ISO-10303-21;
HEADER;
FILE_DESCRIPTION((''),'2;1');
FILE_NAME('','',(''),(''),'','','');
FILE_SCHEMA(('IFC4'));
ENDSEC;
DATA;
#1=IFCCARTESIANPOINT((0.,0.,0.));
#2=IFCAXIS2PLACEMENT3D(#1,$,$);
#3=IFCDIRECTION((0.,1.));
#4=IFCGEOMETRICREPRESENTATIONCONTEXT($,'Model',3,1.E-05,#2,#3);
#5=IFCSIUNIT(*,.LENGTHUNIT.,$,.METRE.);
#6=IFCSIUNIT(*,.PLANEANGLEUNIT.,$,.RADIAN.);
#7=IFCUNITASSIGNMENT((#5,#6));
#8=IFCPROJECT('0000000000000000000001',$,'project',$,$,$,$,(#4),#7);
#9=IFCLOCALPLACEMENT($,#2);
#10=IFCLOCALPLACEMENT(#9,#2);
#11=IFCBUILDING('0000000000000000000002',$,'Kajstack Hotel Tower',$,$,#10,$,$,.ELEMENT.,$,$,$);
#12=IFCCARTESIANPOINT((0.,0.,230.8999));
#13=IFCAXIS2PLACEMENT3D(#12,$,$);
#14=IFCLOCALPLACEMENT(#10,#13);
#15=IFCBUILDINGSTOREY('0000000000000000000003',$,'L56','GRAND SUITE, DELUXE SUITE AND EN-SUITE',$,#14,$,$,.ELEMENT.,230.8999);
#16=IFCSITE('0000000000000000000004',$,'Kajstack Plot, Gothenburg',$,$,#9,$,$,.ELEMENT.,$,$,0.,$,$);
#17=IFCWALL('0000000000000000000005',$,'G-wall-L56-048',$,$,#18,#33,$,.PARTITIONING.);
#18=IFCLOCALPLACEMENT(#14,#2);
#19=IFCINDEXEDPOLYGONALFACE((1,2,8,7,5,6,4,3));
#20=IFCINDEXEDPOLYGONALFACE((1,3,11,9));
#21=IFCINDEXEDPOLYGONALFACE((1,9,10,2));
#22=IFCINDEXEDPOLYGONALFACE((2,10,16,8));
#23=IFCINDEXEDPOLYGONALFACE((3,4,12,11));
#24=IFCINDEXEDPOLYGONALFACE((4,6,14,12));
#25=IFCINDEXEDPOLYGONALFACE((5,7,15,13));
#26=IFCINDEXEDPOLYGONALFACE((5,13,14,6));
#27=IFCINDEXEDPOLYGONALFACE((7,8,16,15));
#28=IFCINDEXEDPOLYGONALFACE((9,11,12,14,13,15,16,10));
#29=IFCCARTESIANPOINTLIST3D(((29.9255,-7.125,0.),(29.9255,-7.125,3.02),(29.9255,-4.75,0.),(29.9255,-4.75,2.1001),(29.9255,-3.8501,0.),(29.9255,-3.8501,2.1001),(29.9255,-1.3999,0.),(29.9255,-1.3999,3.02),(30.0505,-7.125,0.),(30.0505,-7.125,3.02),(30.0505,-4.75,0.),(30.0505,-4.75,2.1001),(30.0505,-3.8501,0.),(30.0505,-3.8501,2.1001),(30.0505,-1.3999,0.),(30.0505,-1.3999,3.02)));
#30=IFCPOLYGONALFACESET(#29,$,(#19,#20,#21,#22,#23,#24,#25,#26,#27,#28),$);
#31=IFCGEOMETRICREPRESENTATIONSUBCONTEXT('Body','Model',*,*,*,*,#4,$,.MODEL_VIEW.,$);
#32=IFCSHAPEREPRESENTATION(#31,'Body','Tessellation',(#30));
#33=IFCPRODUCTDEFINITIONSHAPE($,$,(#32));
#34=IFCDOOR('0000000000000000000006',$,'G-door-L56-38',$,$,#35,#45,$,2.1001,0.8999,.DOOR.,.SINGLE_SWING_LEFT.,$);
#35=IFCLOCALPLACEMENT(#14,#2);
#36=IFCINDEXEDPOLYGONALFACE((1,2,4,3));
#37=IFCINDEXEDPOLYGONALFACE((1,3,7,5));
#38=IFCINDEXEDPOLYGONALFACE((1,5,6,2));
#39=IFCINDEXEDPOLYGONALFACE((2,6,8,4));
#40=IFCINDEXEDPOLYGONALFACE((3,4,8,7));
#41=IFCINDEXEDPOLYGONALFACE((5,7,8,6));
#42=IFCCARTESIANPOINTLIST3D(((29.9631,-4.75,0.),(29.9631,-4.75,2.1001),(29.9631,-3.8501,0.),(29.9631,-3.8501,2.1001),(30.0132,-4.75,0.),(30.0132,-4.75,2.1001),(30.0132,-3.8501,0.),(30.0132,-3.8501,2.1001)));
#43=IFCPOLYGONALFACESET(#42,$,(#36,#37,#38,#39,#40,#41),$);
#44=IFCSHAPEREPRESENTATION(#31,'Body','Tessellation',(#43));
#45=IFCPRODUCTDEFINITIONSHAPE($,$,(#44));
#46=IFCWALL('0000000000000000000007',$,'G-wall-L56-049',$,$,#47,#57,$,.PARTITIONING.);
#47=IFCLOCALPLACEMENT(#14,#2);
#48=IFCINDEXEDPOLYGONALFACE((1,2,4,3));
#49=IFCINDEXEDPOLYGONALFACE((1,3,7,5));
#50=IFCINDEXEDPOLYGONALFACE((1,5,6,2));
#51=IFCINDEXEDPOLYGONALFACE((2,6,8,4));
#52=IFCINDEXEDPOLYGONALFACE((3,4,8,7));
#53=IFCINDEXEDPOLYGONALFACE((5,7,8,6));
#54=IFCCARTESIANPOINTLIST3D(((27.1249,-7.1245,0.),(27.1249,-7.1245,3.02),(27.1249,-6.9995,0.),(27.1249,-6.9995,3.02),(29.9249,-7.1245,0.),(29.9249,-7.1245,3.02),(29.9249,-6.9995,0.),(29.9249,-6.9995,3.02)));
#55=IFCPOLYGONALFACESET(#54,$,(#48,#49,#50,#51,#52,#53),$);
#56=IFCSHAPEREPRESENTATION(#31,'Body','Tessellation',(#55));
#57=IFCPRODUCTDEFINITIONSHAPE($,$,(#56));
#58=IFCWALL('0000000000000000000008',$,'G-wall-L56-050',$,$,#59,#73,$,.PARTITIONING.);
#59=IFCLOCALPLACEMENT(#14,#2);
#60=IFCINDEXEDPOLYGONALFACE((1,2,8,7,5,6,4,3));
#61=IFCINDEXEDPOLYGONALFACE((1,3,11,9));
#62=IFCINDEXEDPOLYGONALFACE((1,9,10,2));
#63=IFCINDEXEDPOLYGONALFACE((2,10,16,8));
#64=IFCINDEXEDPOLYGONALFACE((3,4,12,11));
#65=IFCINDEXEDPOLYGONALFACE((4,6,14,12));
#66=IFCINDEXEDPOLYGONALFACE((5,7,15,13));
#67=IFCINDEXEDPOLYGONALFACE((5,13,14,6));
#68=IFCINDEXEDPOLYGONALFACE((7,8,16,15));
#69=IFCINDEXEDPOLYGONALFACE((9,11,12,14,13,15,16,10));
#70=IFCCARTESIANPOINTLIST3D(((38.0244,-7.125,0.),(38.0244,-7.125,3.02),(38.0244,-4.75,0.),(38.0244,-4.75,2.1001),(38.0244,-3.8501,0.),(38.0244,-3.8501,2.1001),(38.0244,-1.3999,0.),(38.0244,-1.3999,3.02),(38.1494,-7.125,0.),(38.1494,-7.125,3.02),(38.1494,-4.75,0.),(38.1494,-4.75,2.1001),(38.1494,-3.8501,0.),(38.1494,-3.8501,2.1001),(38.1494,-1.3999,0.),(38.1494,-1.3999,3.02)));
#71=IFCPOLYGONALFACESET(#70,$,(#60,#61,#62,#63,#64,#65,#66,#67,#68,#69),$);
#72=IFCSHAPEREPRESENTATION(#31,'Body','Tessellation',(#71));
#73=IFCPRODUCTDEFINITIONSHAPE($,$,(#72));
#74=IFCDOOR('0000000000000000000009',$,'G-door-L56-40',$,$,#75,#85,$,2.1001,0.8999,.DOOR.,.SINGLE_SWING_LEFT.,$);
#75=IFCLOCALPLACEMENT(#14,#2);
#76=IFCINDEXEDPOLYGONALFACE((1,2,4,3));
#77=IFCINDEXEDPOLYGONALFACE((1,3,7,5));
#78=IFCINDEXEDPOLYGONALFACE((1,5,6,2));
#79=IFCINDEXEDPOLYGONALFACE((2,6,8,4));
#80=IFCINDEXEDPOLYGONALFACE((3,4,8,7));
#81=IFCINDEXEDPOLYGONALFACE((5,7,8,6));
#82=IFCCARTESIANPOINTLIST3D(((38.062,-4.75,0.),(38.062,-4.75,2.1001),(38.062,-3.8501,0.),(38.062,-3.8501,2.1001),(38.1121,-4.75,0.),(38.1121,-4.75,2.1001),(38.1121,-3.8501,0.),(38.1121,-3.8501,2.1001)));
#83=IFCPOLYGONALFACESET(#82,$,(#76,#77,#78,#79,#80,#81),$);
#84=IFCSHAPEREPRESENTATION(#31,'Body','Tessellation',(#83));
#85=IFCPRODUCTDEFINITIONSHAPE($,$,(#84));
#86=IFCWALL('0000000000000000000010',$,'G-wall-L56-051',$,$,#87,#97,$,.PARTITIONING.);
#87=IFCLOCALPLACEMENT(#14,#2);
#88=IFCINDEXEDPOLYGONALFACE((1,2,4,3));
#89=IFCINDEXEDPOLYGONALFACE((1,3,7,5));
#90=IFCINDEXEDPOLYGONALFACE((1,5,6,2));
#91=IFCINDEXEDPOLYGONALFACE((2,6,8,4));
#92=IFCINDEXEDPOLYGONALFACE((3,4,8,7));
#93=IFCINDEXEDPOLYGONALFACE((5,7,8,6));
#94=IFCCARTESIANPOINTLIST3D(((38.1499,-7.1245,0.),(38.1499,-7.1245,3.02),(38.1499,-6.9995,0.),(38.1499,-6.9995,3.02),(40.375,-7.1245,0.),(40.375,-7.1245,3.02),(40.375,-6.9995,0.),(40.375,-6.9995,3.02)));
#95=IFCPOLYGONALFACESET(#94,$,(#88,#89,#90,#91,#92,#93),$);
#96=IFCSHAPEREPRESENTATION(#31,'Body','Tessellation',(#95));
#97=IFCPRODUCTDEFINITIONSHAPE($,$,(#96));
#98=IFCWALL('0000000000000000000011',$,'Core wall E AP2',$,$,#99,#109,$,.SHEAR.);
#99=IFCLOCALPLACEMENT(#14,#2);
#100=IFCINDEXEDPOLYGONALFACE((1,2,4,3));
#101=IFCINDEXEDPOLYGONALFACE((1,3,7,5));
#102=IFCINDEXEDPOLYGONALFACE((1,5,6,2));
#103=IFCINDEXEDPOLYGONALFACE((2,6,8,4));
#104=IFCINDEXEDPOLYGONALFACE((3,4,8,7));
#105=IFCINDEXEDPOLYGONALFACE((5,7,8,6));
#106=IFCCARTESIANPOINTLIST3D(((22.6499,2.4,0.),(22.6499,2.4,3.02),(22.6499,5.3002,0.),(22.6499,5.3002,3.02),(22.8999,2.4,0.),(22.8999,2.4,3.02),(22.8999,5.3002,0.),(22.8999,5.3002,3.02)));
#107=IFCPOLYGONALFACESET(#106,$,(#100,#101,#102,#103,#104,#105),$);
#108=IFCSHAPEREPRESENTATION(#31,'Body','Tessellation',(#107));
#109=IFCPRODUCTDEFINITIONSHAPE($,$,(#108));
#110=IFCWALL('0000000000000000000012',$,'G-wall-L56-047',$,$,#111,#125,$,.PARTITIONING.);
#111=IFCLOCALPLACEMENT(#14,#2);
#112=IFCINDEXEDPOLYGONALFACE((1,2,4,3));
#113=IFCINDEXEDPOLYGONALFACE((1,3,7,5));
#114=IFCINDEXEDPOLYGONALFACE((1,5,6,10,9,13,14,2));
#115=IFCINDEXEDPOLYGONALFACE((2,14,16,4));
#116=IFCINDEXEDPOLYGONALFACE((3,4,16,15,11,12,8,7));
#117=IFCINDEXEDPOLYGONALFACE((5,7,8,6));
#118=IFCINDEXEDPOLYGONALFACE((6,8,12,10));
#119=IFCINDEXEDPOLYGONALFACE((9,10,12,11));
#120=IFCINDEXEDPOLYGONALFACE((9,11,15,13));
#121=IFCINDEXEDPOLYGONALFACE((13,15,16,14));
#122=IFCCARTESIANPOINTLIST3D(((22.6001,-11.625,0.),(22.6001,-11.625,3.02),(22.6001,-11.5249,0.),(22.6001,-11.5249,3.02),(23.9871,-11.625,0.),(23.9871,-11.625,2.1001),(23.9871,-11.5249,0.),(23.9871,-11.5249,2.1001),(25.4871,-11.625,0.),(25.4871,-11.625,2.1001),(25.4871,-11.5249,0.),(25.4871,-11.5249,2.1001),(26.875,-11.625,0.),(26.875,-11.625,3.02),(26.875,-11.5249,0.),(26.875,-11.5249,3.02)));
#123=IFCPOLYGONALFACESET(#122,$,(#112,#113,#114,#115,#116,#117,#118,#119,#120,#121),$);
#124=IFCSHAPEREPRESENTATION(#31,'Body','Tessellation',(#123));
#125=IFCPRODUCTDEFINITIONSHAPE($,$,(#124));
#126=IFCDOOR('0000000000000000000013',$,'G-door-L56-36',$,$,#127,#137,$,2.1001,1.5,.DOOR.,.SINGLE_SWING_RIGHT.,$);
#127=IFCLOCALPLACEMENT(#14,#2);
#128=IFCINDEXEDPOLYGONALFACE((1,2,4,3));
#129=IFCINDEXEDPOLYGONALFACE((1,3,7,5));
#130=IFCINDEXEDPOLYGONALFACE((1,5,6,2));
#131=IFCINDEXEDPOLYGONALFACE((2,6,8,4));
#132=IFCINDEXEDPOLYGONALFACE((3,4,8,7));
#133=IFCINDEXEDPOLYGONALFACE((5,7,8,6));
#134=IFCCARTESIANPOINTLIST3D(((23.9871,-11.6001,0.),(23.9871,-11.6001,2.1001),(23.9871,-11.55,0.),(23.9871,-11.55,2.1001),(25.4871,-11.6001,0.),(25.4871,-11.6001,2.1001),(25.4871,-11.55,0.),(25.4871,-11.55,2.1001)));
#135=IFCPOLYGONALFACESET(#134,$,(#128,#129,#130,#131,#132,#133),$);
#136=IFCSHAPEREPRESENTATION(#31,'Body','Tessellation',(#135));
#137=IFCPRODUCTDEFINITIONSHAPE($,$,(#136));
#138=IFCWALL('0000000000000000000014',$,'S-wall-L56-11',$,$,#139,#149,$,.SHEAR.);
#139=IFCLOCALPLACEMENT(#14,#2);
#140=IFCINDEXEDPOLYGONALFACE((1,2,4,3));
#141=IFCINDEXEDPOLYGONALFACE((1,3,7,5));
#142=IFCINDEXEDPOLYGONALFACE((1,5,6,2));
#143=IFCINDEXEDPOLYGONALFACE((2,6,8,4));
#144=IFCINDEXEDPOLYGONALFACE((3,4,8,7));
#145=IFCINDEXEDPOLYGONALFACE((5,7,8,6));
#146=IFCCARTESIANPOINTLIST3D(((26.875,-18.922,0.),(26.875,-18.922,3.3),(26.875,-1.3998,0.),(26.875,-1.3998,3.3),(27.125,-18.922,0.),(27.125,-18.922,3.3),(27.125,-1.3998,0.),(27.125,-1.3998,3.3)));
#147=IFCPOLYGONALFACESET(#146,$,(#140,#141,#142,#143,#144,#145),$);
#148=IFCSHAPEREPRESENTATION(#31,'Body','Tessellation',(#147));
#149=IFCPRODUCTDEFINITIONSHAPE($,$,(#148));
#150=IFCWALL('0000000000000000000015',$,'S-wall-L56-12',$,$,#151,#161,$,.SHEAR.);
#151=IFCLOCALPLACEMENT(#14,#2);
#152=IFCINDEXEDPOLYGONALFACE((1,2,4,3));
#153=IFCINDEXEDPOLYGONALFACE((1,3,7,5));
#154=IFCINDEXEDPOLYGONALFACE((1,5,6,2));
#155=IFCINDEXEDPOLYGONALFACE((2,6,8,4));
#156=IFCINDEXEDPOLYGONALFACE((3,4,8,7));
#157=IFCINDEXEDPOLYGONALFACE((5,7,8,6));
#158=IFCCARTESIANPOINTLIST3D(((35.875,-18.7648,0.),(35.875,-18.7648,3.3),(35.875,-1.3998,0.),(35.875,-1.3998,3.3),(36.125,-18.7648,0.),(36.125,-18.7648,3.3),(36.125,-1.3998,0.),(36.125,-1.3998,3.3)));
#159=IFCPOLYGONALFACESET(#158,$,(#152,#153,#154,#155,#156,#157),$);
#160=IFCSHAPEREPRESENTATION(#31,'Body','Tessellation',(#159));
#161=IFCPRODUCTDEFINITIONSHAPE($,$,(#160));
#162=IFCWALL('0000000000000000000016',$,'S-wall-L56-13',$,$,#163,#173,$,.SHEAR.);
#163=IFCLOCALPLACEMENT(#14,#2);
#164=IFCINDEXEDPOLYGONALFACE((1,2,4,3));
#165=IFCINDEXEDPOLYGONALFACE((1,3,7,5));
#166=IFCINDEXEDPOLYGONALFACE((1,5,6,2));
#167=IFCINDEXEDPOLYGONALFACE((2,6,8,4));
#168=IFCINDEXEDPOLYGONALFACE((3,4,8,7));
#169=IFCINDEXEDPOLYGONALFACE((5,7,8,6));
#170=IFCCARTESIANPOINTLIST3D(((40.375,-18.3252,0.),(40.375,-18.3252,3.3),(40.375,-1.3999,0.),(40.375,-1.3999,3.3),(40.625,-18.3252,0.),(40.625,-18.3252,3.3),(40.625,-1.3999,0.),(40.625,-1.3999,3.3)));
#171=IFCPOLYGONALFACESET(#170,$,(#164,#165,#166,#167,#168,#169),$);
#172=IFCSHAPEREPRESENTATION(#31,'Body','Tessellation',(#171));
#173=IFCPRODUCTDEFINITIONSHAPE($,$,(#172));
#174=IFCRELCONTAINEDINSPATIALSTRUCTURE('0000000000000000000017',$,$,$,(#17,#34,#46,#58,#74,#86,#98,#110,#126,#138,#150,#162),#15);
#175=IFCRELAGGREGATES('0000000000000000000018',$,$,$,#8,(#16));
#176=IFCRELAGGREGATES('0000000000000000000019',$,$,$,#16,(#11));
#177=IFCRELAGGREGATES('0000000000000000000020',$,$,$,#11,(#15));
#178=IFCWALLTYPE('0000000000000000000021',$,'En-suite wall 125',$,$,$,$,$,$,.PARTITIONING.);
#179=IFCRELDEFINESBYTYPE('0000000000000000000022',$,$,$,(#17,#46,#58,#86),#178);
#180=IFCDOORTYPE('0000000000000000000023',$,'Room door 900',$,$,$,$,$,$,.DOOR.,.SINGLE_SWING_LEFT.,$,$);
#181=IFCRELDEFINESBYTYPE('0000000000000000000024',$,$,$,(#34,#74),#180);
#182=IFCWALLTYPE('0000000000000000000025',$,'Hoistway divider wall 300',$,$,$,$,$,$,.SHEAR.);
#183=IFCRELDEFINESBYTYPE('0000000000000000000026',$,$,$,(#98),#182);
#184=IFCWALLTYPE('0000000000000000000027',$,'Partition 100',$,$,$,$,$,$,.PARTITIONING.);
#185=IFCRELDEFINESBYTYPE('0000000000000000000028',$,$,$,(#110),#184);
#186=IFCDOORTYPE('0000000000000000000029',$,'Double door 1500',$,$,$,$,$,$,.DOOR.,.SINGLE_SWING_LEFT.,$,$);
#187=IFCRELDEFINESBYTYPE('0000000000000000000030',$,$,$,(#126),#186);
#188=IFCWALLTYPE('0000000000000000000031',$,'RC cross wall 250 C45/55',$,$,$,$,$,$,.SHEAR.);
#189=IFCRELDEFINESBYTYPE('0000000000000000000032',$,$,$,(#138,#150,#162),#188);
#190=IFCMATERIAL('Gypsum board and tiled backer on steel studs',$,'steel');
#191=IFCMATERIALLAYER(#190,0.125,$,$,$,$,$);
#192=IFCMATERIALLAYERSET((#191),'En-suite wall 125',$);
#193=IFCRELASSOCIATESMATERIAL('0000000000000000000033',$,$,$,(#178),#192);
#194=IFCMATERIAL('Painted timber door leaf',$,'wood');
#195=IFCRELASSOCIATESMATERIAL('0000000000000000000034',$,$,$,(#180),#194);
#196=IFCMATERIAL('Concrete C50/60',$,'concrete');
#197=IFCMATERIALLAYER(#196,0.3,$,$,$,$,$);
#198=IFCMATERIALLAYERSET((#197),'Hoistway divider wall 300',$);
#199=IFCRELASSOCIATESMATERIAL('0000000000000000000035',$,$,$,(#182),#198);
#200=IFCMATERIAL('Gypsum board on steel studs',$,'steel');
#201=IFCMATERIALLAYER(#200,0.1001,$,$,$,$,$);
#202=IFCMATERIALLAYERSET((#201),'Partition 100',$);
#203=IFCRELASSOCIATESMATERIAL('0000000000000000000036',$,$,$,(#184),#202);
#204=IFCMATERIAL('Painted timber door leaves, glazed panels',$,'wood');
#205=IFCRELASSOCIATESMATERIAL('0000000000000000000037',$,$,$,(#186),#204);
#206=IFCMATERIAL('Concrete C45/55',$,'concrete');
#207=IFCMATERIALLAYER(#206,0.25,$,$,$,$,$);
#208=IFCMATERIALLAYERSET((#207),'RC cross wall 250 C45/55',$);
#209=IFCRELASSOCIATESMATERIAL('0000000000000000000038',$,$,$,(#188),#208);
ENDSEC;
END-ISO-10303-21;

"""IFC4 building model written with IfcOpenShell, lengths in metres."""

from ifc_helpers import new_model, si_unit, direction, frame, frame_2d, origin, place, context, subcontext, project, spatial, rectangle, extrude, material, layer, layer_set, type_object, element, fill, save


model = new_model("IFC4")

# Units and contexts
model_context = context("Model", 3, precision=1e-05, world=origin(), true_north=direction((0.0, 1.0)))
body_context = subcontext(model_context, "Body", "Model", "MODEL_VIEW")
ifc_project = project(units=[si_unit("LENGTHUNIT", "METRE"), si_unit("PLANEANGLEUNIT", "RADIAN")], contexts=[model_context])

# Site, building, storey
site_placement = place(None, origin())
site = spatial("IfcSite", under=ifc_project, at=site_placement, Name="Kajstack Plot, Gothenburg", CompositionType="ELEMENT", RefElevation=0.0)
building_placement = place(site_placement, origin())
building = spatial("IfcBuilding", under=site, at=building_placement, Name="Kajstack Hotel Tower", CompositionType="ELEMENT")
storey_placement = place(building_placement, frame((0.0, 0.0, 230.8999)))
storey = spatial("IfcBuildingStorey", under=building, at=storey_placement, Name="L56", Description="GRAND SUITE, DELUXE SUITE AND EN-SUITE", CompositionType="ELEMENT", Elevation=230.8999)

# Shared definitions
ifc_material_1 = material(Name="Gypsum board and tiled backer on steel studs", Category="steel")
ifc_layer_1 = layer(ifc_material_1, 0.125)
ifc_layer_set_1 = layer_set([ifc_layer_1], Name="En-suite wall 125")
wall_type_1 = type_object("IfcWallType", Name="En-suite wall 125", PredefinedType="PARTITIONING", material=ifc_layer_set_1)
ifc_material_2 = material(Name="Painted timber door leaf", Category="wood")
door_type_1 = type_object("IfcDoorType", Name="Room door 900", OperationType="SINGLE_SWING_LEFT", PredefinedType="DOOR", material=ifc_material_2)

# Wall, opening, door
wall_1_placement = place(storey_placement, frame((29.988, -7.125, 0.0), z_axis=(0.0, 0.0, 1.0), x_axis=(0.0, 1.0, 0.0)))
wall_1 = element("IfcWall", 1, at=wall_1_placement, inside=storey, type_object=wall_type_1, Name="G-wall-L56-048", PredefinedType="PARTITIONING", context=body_context, shape_type="SweptSolid", body=[
    extrude(rectangle(XDim=5.7251, YDim=0.125, at=frame_2d((2.8625, 0.0))), origin(), (0.0, 0.0, 1.0), 3.02),
])
opening_1_placement = place(wall_1_placement, frame((2.375, 0.0, 0.0)))
opening_1 = element("IfcOpeningElement", 2, at=opening_1_placement, cuts=wall_1, PredefinedType="OPENING", context=body_context, shape_type="SweptSolid", body=[
    extrude(rectangle(XDim=0.8999, YDim=2.1001, at=frame_2d((0.45, 1.05))), frame((0.0, 0.0725, 0.0), z_axis=(0.0, -1.0, 0.0), x_axis=(1.0, 0.0, 0.0)), (0.0, 0.0, 1.0), 0.145),
])
door_1_placement = place(opening_1_placement, origin())
door_1 = element("IfcDoor", 3, at=door_1_placement, inside=storey, type_object=door_type_1, Name="G-door-L56-38", OperationType="SINGLE_SWING_LEFT", OverallHeight=2.1001, OverallWidth=0.8999, PredefinedType="DOOR", context=body_context, shape_type="SweptSolid", body=[
    extrude(rectangle(XDim=0.8999, YDim=2.1001, at=frame_2d((0.45, 1.05))), frame((0.0, 0.0249, 0.0), z_axis=(0.0, -1.0, 0.0), x_axis=(1.0, 0.0, 0.0)), (0.0, 0.0, 1.0), 0.05),
])
fill(opening_1, door_1)

# Wall
wall_2_placement = place(storey_placement, frame((27.125, -7.062, 0.0), z_axis=(0.0, 0.0, 1.0), x_axis=(1.0, 0.0, 0.0)))
element("IfcWall", 4, at=wall_2_placement, inside=storey, type_object=wall_type_1, Name="G-wall-L56-049", PredefinedType="PARTITIONING", context=body_context, shape_type="SweptSolid", body=[
    extrude(rectangle(XDim=2.8, YDim=0.125, at=frame_2d((1.3999, 0.0))), origin(), (0.0, 0.0, 1.0), 3.02),
])

# Wall, opening, door
wall_3_placement = place(storey_placement, frame((38.0869, -7.125, 0.0), z_axis=(0.0, 0.0, 1.0), x_axis=(0.0, 1.0, 0.0)))
wall_3 = element("IfcWall", 5, at=wall_3_placement, inside=storey, type_object=wall_type_1, Name="G-wall-L56-050", PredefinedType="PARTITIONING", context=body_context, shape_type="SweptSolid", body=[
    extrude(rectangle(XDim=5.7251, YDim=0.125, at=frame_2d((2.8625, 0.0))), origin(), (0.0, 0.0, 1.0), 3.02),
])
opening_2_placement = place(wall_3_placement, frame((2.375, 0.0, 0.0)))
opening_2 = element("IfcOpeningElement", 6, at=opening_2_placement, cuts=wall_3, PredefinedType="OPENING", context=body_context, shape_type="SweptSolid", body=[
    extrude(rectangle(XDim=0.8999, YDim=2.1001, at=frame_2d((0.45, 1.05))), frame((0.0, 0.0725, 0.0), z_axis=(0.0, -1.0, 0.0), x_axis=(1.0, 0.0, 0.0)), (0.0, 0.0, 1.0), 0.145),
])
door_2_placement = place(opening_2_placement, origin())
door_2 = element("IfcDoor", 7, at=door_2_placement, inside=storey, type_object=door_type_1, Name="G-door-L56-40", OperationType="SINGLE_SWING_LEFT", OverallHeight=2.1001, OverallWidth=0.8999, PredefinedType="DOOR", context=body_context, shape_type="SweptSolid", body=[
    extrude(rectangle(XDim=0.8999, YDim=2.1001, at=frame_2d((0.45, 1.05))), frame((0.0, 0.0249, 0.0), z_axis=(0.0, -1.0, 0.0), x_axis=(1.0, 0.0, 0.0)), (0.0, 0.0, 1.0), 0.05),
])
fill(opening_2, door_2)

# Walls
wall_4_placement = place(storey_placement, frame((38.1499, -7.062, 0.0), z_axis=(0.0, 0.0, 1.0), x_axis=(1.0, 0.0, 0.0)))
element("IfcWall", 8, at=wall_4_placement, inside=storey, type_object=wall_type_1, Name="G-wall-L56-051", PredefinedType="PARTITIONING", context=body_context, shape_type="SweptSolid", body=[
    extrude(rectangle(XDim=2.2251, YDim=0.125, at=frame_2d((1.1125, 0.0))), origin(), (0.0, 0.0, 1.0), 3.02),
])
ifc_material_3 = material(Name="Concrete C50/60", Category="concrete")
ifc_layer_2 = layer(ifc_material_3, 0.3)
ifc_layer_set_2 = layer_set([ifc_layer_2], Name="Hoistway divider wall 300")
wall_type_2 = type_object("IfcWallType", Name="Hoistway divider wall 300", PredefinedType="SHEAR", material=ifc_layer_set_2)
wall_5_placement = place(storey_placement, frame((22.7749, 2.3999, 0.0), z_axis=(0.0, 0.0, 1.0), x_axis=(0.0, 1.0, 0.0)))
element("IfcWall", 9, at=wall_5_placement, inside=storey, type_object=wall_type_2, Name="Core wall E AP2", PredefinedType="SHEAR", context=body_context, shape_type="SweptSolid", body=[
    extrude(rectangle(XDim=2.9001, YDim=0.25, at=frame_2d((1.4502, 0.0))), origin(), (0.0, 0.0, 1.0), 3.02),
])

# Wall, opening, door
ifc_material_4 = material(Name="Gypsum board on steel studs", Category="steel")
ifc_layer_3 = layer(ifc_material_4, 0.1001)
ifc_layer_set_3 = layer_set([ifc_layer_3], Name="Partition 100")
wall_type_3 = type_object("IfcWallType", Name="Partition 100", PredefinedType="PARTITIONING", material=ifc_layer_set_3)
wall_6_placement = place(storey_placement, frame((22.6001, -11.575, 0.0), z_axis=(0.0, 0.0, 1.0), x_axis=(1.0, 0.0, 0.0)))
wall_6 = element("IfcWall", 10, at=wall_6_placement, inside=storey, type_object=wall_type_3, Name="G-wall-L56-047", PredefinedType="PARTITIONING", context=body_context, shape_type="SweptSolid", body=[
    extrude(rectangle(XDim=4.2749, YDim=0.1001, at=frame_2d((2.1375, 0.0))), origin(), (0.0, 0.0, 1.0), 3.02),
])
opening_3_placement = place(wall_6_placement, frame((1.387, 0.0, 0.0)))
opening_3 = element("IfcOpeningElement", 11, at=opening_3_placement, cuts=wall_6, PredefinedType="OPENING", context=body_context, shape_type="SweptSolid", body=[
    extrude(rectangle(XDim=1.5, YDim=2.1001, at=frame_2d((0.75, 1.05))), frame((0.0, 0.0601, 0.0), z_axis=(0.0, -1.0, 0.0), x_axis=(1.0, 0.0, 0.0)), (0.0, 0.0, 1.0), 0.1201),
])
ifc_material_5 = material(Name="Painted timber door leaves, glazed panels", Category="wood")
door_type_2 = type_object("IfcDoorType", Name="Double door 1500", OperationType="SINGLE_SWING_LEFT", PredefinedType="DOOR", material=ifc_material_5)
door_3_placement = place(opening_3_placement, origin())
door_3 = element("IfcDoor", 12, at=door_3_placement, inside=storey, type_object=door_type_2, Name="G-door-L56-36", OperationType="SINGLE_SWING_RIGHT", OverallHeight=2.1001, OverallWidth=1.5, PredefinedType="DOOR", context=body_context, shape_type="SweptSolid", body=[
    extrude(rectangle(XDim=1.5, YDim=2.1001, at=frame_2d((0.75, 1.05))), frame((0.0, 0.0249, 0.0), z_axis=(0.0, -1.0, 0.0), x_axis=(1.0, 0.0, 0.0)), (0.0, 0.0, 1.0), 0.05),
])
fill(opening_3, door_3)

# Walls
ifc_material_6 = material(Name="Concrete C45/55", Category="concrete")
ifc_layer_4 = layer(ifc_material_6, 0.25)
ifc_layer_set_4 = layer_set([ifc_layer_4], Name="RC cross wall 250 C45/55")
wall_type_4 = type_object("IfcWallType", Name="RC cross wall 250 C45/55", PredefinedType="SHEAR", material=ifc_layer_set_4)
wall_7_placement = place(storey_placement, frame((27.0, -18.9221, 0.0), z_axis=(0.0, 0.0, 1.0), x_axis=(0.0, 1.0, 0.0)))
element("IfcWall", 13, at=wall_7_placement, inside=storey, type_object=wall_type_4, Name="S-wall-L56-11", PredefinedType="SHEAR", context=body_context, shape_type="SweptSolid", body=[
    extrude(rectangle(XDim=17.5222, YDim=0.25, at=frame_2d((8.7612, 0.0))), origin(), (0.0, 0.0, 1.0), 3.3),
])
wall_8_placement = place(storey_placement, frame((36.0, -18.7649, 0.0), z_axis=(0.0, 0.0, 1.0), x_axis=(0.0, 1.0, 0.0)))
element("IfcWall", 14, at=wall_8_placement, inside=storey, type_object=wall_type_4, Name="S-wall-L56-12", PredefinedType="SHEAR", context=body_context, shape_type="SweptSolid", body=[
    extrude(rectangle(XDim=17.365, YDim=0.25, at=frame_2d((8.6826, 0.0))), origin(), (0.0, 0.0, 1.0), 3.3),
])
wall_9_placement = place(storey_placement, frame((40.5, -18.3252, 0.0), z_axis=(0.0, 0.0, 1.0), x_axis=(0.0, 1.0, 0.0)))
element("IfcWall", 15, at=wall_9_placement, inside=storey, type_object=wall_type_4, Name="S-wall-L56-13", PredefinedType="SHEAR", context=body_context, shape_type="SweptSolid", body=[
    extrude(rectangle(XDim=16.9253, YDim=0.25, at=frame_2d((8.4626, 0.0))), origin(), (0.0, 0.0, 1.0), 3.3),
])

save(model, "model.ifc")
